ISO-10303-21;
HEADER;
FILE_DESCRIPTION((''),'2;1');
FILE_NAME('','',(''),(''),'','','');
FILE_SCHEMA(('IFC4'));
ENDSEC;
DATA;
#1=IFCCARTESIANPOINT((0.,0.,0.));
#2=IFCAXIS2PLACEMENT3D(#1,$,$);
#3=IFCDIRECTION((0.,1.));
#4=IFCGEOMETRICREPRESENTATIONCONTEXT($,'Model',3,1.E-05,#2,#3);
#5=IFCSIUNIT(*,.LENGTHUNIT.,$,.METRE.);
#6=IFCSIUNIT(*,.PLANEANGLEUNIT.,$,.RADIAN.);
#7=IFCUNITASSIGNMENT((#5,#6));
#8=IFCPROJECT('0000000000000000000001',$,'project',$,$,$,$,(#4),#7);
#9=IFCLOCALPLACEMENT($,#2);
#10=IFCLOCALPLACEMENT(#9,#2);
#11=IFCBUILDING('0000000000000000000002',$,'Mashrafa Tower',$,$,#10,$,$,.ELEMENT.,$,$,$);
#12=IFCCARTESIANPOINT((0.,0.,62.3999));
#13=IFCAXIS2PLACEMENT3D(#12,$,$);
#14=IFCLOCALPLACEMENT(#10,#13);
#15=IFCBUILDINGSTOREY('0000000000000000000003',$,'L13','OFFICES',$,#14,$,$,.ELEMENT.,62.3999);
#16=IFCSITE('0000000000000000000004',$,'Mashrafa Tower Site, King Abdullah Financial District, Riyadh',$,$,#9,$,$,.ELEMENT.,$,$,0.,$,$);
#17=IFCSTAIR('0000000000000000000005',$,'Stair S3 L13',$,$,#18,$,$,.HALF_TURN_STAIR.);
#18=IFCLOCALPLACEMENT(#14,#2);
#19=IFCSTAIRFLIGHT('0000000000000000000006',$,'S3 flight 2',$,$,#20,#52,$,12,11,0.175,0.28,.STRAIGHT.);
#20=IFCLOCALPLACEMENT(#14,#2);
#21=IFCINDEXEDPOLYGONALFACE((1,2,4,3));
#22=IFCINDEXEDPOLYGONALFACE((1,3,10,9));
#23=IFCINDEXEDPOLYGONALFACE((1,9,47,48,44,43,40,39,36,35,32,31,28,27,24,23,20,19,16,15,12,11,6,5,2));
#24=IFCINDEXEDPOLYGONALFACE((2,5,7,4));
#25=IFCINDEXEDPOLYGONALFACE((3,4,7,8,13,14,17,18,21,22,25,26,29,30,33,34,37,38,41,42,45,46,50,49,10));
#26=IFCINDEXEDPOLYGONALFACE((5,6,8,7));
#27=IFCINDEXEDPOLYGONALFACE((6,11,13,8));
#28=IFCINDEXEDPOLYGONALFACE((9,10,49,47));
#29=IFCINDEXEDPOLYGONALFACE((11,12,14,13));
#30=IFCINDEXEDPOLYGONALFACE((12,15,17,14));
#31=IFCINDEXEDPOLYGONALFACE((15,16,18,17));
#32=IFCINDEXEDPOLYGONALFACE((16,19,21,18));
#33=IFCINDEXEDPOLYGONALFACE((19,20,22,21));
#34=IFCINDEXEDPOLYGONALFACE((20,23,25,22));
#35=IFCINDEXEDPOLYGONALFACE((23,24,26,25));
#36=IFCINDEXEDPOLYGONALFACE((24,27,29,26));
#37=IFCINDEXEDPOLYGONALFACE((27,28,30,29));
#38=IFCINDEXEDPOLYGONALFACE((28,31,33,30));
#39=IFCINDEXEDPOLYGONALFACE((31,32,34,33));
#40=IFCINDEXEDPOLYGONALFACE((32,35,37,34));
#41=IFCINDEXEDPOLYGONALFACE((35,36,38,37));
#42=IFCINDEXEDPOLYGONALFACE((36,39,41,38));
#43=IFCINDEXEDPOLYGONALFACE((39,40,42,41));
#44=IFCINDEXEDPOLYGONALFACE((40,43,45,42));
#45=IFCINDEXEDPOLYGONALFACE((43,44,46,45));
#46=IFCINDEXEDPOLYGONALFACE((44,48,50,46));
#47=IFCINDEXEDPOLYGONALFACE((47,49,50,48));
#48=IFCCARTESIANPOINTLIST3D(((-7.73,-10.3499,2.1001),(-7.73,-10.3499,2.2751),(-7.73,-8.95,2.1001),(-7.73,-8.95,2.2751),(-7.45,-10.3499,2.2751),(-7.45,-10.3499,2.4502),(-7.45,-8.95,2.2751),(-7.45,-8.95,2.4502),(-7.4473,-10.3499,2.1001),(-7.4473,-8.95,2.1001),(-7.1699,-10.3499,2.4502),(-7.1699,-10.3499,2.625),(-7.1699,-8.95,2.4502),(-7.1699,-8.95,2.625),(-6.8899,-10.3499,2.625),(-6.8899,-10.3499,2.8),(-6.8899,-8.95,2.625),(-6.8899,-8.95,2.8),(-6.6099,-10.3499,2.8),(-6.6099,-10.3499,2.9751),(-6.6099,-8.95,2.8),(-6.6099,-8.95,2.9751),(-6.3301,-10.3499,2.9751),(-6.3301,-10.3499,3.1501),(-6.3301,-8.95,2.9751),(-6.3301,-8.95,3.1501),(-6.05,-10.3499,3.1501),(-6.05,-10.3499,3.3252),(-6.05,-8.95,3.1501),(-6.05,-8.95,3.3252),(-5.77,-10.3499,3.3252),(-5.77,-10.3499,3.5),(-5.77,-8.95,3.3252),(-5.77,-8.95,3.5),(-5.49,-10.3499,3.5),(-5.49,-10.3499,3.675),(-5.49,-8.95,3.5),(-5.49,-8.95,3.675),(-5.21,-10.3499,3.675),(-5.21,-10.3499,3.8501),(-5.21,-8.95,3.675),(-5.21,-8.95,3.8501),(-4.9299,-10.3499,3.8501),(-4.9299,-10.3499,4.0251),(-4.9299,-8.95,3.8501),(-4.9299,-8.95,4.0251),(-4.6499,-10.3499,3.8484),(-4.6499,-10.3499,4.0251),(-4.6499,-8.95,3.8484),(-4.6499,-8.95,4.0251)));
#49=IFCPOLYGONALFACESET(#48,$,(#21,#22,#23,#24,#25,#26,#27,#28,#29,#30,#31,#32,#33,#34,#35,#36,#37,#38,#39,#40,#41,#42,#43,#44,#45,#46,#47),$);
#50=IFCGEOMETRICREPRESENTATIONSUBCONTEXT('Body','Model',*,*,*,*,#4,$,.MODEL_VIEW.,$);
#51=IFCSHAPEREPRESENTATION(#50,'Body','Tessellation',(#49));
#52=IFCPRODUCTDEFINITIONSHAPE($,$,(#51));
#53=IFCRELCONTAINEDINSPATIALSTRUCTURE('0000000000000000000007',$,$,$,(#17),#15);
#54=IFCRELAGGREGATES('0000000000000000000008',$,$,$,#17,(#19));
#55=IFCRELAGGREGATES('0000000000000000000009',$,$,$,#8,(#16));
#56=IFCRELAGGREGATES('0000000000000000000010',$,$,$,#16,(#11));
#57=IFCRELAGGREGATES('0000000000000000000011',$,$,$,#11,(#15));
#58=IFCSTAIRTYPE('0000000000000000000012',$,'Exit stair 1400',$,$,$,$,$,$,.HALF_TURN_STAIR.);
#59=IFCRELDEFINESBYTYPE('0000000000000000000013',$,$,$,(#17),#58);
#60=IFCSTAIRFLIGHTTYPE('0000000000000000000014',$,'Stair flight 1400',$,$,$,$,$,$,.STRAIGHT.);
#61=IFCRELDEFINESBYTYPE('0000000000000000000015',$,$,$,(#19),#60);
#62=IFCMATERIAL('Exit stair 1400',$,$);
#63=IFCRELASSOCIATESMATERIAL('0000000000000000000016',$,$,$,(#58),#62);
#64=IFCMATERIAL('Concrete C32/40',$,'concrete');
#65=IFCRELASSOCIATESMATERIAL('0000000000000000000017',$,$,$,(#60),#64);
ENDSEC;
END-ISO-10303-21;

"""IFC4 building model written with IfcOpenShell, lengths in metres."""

from ifc_helpers import new_model, si_unit, direction, frame, origin, place, context, subcontext, project, spatial, polyline, outline, extrude, material, type_object, element, aggregate, save


model = new_model("IFC4")

# Units and contexts
model_context = context("Model", 3, precision=1e-05, world=origin(), true_north=direction((0.0, 1.0)))
body_context = subcontext(model_context, "Body", "Model", "MODEL_VIEW")
ifc_project = project(units=[si_unit("LENGTHUNIT", "METRE"), si_unit("PLANEANGLEUNIT", "RADIAN")], contexts=[model_context])

# Site, building, storey
site_placement = place(None, origin())
site = spatial("IfcSite", under=ifc_project, at=site_placement, Name="Mashrafa Tower Site, King Abdullah Financial District, Riyadh", CompositionType="ELEMENT", RefElevation=0.0)
building_placement = place(site_placement, origin())
building = spatial("IfcBuilding", under=site, at=building_placement, Name="Mashrafa Tower", CompositionType="ELEMENT")
storey_placement = place(building_placement, frame((0.0, 0.0, 62.3999)))
storey = spatial("IfcBuildingStorey", under=building, at=storey_placement, Name="L13", Description="OFFICES", CompositionType="ELEMENT", Elevation=62.3999)

# Stair, stair flight
ifc_material_1 = material(Name="Exit stair 1400")
stair_type = type_object("IfcStairType", Name="Exit stair 1400", PredefinedType="HALF_TURN_STAIR", material=ifc_material_1)
stair_placement = place(storey_placement, origin())
stair = element("IfcStair", 1, at=stair_placement, inside=storey, type_object=stair_type, Name="Stair S3 L13", PredefinedType="HALF_TURN_STAIR")
ifc_material_2 = material(Name="Concrete C32/40", Category="concrete")
stair_flight_type = type_object("IfcStairFlightType", Name="Stair flight 1400", PredefinedType="STRAIGHT", material=ifc_material_2)
stair_flight_1_placement = place(storey_placement, frame((-7.73, -9.6499, 2.1001), z_axis=(0.0, 0.0, 1.0), x_axis=(1.0, 0.0, 0.0)))
stair_flight_1 = element("IfcStairFlight", 2, at=stair_flight_1_placement, type_object=stair_flight_type, Name="S3 flight 2", NumberOfRisers=12, NumberOfTreads=11, PredefinedType="STRAIGHT", RiserHeight=0.175, TreadLength=0.28, context=body_context, shape_type="SweptSolid", body=[
    extrude(outline(polyline([(0.0, 0.0), (0.0, 0.175), (0.28, 0.175), (0.28, 0.3501), (0.5601, 0.3501), (0.5601, 0.5249), (0.8401, 0.5249), (0.8401, 0.7), (1.1201, 0.7), (1.1201, 0.875), (1.3999, 0.875), (1.3999, 1.05), (1.6799, 1.05), (1.6799, 1.2251), (1.96, 1.2251), (1.96, 1.3999), (2.24, 1.3999), (2.24, 1.575), (2.52, 1.575), (2.52, 1.75), (2.8, 1.75), (2.8, 1.925), (3.0801, 1.925), (3.0801, 2.1001), (3.0801, 1.7483), (0.2827, 0.0), (0.0, 0.0)])), frame((0.0, 0.7, 0.0), z_axis=(0.0, -1.0, 0.0), x_axis=(1.0, 0.0, 0.0)), (0.0, 0.0, 1.0), 1.3999),
])
aggregate(stair, [stair_flight_1])

save(model, "model.ifc")
